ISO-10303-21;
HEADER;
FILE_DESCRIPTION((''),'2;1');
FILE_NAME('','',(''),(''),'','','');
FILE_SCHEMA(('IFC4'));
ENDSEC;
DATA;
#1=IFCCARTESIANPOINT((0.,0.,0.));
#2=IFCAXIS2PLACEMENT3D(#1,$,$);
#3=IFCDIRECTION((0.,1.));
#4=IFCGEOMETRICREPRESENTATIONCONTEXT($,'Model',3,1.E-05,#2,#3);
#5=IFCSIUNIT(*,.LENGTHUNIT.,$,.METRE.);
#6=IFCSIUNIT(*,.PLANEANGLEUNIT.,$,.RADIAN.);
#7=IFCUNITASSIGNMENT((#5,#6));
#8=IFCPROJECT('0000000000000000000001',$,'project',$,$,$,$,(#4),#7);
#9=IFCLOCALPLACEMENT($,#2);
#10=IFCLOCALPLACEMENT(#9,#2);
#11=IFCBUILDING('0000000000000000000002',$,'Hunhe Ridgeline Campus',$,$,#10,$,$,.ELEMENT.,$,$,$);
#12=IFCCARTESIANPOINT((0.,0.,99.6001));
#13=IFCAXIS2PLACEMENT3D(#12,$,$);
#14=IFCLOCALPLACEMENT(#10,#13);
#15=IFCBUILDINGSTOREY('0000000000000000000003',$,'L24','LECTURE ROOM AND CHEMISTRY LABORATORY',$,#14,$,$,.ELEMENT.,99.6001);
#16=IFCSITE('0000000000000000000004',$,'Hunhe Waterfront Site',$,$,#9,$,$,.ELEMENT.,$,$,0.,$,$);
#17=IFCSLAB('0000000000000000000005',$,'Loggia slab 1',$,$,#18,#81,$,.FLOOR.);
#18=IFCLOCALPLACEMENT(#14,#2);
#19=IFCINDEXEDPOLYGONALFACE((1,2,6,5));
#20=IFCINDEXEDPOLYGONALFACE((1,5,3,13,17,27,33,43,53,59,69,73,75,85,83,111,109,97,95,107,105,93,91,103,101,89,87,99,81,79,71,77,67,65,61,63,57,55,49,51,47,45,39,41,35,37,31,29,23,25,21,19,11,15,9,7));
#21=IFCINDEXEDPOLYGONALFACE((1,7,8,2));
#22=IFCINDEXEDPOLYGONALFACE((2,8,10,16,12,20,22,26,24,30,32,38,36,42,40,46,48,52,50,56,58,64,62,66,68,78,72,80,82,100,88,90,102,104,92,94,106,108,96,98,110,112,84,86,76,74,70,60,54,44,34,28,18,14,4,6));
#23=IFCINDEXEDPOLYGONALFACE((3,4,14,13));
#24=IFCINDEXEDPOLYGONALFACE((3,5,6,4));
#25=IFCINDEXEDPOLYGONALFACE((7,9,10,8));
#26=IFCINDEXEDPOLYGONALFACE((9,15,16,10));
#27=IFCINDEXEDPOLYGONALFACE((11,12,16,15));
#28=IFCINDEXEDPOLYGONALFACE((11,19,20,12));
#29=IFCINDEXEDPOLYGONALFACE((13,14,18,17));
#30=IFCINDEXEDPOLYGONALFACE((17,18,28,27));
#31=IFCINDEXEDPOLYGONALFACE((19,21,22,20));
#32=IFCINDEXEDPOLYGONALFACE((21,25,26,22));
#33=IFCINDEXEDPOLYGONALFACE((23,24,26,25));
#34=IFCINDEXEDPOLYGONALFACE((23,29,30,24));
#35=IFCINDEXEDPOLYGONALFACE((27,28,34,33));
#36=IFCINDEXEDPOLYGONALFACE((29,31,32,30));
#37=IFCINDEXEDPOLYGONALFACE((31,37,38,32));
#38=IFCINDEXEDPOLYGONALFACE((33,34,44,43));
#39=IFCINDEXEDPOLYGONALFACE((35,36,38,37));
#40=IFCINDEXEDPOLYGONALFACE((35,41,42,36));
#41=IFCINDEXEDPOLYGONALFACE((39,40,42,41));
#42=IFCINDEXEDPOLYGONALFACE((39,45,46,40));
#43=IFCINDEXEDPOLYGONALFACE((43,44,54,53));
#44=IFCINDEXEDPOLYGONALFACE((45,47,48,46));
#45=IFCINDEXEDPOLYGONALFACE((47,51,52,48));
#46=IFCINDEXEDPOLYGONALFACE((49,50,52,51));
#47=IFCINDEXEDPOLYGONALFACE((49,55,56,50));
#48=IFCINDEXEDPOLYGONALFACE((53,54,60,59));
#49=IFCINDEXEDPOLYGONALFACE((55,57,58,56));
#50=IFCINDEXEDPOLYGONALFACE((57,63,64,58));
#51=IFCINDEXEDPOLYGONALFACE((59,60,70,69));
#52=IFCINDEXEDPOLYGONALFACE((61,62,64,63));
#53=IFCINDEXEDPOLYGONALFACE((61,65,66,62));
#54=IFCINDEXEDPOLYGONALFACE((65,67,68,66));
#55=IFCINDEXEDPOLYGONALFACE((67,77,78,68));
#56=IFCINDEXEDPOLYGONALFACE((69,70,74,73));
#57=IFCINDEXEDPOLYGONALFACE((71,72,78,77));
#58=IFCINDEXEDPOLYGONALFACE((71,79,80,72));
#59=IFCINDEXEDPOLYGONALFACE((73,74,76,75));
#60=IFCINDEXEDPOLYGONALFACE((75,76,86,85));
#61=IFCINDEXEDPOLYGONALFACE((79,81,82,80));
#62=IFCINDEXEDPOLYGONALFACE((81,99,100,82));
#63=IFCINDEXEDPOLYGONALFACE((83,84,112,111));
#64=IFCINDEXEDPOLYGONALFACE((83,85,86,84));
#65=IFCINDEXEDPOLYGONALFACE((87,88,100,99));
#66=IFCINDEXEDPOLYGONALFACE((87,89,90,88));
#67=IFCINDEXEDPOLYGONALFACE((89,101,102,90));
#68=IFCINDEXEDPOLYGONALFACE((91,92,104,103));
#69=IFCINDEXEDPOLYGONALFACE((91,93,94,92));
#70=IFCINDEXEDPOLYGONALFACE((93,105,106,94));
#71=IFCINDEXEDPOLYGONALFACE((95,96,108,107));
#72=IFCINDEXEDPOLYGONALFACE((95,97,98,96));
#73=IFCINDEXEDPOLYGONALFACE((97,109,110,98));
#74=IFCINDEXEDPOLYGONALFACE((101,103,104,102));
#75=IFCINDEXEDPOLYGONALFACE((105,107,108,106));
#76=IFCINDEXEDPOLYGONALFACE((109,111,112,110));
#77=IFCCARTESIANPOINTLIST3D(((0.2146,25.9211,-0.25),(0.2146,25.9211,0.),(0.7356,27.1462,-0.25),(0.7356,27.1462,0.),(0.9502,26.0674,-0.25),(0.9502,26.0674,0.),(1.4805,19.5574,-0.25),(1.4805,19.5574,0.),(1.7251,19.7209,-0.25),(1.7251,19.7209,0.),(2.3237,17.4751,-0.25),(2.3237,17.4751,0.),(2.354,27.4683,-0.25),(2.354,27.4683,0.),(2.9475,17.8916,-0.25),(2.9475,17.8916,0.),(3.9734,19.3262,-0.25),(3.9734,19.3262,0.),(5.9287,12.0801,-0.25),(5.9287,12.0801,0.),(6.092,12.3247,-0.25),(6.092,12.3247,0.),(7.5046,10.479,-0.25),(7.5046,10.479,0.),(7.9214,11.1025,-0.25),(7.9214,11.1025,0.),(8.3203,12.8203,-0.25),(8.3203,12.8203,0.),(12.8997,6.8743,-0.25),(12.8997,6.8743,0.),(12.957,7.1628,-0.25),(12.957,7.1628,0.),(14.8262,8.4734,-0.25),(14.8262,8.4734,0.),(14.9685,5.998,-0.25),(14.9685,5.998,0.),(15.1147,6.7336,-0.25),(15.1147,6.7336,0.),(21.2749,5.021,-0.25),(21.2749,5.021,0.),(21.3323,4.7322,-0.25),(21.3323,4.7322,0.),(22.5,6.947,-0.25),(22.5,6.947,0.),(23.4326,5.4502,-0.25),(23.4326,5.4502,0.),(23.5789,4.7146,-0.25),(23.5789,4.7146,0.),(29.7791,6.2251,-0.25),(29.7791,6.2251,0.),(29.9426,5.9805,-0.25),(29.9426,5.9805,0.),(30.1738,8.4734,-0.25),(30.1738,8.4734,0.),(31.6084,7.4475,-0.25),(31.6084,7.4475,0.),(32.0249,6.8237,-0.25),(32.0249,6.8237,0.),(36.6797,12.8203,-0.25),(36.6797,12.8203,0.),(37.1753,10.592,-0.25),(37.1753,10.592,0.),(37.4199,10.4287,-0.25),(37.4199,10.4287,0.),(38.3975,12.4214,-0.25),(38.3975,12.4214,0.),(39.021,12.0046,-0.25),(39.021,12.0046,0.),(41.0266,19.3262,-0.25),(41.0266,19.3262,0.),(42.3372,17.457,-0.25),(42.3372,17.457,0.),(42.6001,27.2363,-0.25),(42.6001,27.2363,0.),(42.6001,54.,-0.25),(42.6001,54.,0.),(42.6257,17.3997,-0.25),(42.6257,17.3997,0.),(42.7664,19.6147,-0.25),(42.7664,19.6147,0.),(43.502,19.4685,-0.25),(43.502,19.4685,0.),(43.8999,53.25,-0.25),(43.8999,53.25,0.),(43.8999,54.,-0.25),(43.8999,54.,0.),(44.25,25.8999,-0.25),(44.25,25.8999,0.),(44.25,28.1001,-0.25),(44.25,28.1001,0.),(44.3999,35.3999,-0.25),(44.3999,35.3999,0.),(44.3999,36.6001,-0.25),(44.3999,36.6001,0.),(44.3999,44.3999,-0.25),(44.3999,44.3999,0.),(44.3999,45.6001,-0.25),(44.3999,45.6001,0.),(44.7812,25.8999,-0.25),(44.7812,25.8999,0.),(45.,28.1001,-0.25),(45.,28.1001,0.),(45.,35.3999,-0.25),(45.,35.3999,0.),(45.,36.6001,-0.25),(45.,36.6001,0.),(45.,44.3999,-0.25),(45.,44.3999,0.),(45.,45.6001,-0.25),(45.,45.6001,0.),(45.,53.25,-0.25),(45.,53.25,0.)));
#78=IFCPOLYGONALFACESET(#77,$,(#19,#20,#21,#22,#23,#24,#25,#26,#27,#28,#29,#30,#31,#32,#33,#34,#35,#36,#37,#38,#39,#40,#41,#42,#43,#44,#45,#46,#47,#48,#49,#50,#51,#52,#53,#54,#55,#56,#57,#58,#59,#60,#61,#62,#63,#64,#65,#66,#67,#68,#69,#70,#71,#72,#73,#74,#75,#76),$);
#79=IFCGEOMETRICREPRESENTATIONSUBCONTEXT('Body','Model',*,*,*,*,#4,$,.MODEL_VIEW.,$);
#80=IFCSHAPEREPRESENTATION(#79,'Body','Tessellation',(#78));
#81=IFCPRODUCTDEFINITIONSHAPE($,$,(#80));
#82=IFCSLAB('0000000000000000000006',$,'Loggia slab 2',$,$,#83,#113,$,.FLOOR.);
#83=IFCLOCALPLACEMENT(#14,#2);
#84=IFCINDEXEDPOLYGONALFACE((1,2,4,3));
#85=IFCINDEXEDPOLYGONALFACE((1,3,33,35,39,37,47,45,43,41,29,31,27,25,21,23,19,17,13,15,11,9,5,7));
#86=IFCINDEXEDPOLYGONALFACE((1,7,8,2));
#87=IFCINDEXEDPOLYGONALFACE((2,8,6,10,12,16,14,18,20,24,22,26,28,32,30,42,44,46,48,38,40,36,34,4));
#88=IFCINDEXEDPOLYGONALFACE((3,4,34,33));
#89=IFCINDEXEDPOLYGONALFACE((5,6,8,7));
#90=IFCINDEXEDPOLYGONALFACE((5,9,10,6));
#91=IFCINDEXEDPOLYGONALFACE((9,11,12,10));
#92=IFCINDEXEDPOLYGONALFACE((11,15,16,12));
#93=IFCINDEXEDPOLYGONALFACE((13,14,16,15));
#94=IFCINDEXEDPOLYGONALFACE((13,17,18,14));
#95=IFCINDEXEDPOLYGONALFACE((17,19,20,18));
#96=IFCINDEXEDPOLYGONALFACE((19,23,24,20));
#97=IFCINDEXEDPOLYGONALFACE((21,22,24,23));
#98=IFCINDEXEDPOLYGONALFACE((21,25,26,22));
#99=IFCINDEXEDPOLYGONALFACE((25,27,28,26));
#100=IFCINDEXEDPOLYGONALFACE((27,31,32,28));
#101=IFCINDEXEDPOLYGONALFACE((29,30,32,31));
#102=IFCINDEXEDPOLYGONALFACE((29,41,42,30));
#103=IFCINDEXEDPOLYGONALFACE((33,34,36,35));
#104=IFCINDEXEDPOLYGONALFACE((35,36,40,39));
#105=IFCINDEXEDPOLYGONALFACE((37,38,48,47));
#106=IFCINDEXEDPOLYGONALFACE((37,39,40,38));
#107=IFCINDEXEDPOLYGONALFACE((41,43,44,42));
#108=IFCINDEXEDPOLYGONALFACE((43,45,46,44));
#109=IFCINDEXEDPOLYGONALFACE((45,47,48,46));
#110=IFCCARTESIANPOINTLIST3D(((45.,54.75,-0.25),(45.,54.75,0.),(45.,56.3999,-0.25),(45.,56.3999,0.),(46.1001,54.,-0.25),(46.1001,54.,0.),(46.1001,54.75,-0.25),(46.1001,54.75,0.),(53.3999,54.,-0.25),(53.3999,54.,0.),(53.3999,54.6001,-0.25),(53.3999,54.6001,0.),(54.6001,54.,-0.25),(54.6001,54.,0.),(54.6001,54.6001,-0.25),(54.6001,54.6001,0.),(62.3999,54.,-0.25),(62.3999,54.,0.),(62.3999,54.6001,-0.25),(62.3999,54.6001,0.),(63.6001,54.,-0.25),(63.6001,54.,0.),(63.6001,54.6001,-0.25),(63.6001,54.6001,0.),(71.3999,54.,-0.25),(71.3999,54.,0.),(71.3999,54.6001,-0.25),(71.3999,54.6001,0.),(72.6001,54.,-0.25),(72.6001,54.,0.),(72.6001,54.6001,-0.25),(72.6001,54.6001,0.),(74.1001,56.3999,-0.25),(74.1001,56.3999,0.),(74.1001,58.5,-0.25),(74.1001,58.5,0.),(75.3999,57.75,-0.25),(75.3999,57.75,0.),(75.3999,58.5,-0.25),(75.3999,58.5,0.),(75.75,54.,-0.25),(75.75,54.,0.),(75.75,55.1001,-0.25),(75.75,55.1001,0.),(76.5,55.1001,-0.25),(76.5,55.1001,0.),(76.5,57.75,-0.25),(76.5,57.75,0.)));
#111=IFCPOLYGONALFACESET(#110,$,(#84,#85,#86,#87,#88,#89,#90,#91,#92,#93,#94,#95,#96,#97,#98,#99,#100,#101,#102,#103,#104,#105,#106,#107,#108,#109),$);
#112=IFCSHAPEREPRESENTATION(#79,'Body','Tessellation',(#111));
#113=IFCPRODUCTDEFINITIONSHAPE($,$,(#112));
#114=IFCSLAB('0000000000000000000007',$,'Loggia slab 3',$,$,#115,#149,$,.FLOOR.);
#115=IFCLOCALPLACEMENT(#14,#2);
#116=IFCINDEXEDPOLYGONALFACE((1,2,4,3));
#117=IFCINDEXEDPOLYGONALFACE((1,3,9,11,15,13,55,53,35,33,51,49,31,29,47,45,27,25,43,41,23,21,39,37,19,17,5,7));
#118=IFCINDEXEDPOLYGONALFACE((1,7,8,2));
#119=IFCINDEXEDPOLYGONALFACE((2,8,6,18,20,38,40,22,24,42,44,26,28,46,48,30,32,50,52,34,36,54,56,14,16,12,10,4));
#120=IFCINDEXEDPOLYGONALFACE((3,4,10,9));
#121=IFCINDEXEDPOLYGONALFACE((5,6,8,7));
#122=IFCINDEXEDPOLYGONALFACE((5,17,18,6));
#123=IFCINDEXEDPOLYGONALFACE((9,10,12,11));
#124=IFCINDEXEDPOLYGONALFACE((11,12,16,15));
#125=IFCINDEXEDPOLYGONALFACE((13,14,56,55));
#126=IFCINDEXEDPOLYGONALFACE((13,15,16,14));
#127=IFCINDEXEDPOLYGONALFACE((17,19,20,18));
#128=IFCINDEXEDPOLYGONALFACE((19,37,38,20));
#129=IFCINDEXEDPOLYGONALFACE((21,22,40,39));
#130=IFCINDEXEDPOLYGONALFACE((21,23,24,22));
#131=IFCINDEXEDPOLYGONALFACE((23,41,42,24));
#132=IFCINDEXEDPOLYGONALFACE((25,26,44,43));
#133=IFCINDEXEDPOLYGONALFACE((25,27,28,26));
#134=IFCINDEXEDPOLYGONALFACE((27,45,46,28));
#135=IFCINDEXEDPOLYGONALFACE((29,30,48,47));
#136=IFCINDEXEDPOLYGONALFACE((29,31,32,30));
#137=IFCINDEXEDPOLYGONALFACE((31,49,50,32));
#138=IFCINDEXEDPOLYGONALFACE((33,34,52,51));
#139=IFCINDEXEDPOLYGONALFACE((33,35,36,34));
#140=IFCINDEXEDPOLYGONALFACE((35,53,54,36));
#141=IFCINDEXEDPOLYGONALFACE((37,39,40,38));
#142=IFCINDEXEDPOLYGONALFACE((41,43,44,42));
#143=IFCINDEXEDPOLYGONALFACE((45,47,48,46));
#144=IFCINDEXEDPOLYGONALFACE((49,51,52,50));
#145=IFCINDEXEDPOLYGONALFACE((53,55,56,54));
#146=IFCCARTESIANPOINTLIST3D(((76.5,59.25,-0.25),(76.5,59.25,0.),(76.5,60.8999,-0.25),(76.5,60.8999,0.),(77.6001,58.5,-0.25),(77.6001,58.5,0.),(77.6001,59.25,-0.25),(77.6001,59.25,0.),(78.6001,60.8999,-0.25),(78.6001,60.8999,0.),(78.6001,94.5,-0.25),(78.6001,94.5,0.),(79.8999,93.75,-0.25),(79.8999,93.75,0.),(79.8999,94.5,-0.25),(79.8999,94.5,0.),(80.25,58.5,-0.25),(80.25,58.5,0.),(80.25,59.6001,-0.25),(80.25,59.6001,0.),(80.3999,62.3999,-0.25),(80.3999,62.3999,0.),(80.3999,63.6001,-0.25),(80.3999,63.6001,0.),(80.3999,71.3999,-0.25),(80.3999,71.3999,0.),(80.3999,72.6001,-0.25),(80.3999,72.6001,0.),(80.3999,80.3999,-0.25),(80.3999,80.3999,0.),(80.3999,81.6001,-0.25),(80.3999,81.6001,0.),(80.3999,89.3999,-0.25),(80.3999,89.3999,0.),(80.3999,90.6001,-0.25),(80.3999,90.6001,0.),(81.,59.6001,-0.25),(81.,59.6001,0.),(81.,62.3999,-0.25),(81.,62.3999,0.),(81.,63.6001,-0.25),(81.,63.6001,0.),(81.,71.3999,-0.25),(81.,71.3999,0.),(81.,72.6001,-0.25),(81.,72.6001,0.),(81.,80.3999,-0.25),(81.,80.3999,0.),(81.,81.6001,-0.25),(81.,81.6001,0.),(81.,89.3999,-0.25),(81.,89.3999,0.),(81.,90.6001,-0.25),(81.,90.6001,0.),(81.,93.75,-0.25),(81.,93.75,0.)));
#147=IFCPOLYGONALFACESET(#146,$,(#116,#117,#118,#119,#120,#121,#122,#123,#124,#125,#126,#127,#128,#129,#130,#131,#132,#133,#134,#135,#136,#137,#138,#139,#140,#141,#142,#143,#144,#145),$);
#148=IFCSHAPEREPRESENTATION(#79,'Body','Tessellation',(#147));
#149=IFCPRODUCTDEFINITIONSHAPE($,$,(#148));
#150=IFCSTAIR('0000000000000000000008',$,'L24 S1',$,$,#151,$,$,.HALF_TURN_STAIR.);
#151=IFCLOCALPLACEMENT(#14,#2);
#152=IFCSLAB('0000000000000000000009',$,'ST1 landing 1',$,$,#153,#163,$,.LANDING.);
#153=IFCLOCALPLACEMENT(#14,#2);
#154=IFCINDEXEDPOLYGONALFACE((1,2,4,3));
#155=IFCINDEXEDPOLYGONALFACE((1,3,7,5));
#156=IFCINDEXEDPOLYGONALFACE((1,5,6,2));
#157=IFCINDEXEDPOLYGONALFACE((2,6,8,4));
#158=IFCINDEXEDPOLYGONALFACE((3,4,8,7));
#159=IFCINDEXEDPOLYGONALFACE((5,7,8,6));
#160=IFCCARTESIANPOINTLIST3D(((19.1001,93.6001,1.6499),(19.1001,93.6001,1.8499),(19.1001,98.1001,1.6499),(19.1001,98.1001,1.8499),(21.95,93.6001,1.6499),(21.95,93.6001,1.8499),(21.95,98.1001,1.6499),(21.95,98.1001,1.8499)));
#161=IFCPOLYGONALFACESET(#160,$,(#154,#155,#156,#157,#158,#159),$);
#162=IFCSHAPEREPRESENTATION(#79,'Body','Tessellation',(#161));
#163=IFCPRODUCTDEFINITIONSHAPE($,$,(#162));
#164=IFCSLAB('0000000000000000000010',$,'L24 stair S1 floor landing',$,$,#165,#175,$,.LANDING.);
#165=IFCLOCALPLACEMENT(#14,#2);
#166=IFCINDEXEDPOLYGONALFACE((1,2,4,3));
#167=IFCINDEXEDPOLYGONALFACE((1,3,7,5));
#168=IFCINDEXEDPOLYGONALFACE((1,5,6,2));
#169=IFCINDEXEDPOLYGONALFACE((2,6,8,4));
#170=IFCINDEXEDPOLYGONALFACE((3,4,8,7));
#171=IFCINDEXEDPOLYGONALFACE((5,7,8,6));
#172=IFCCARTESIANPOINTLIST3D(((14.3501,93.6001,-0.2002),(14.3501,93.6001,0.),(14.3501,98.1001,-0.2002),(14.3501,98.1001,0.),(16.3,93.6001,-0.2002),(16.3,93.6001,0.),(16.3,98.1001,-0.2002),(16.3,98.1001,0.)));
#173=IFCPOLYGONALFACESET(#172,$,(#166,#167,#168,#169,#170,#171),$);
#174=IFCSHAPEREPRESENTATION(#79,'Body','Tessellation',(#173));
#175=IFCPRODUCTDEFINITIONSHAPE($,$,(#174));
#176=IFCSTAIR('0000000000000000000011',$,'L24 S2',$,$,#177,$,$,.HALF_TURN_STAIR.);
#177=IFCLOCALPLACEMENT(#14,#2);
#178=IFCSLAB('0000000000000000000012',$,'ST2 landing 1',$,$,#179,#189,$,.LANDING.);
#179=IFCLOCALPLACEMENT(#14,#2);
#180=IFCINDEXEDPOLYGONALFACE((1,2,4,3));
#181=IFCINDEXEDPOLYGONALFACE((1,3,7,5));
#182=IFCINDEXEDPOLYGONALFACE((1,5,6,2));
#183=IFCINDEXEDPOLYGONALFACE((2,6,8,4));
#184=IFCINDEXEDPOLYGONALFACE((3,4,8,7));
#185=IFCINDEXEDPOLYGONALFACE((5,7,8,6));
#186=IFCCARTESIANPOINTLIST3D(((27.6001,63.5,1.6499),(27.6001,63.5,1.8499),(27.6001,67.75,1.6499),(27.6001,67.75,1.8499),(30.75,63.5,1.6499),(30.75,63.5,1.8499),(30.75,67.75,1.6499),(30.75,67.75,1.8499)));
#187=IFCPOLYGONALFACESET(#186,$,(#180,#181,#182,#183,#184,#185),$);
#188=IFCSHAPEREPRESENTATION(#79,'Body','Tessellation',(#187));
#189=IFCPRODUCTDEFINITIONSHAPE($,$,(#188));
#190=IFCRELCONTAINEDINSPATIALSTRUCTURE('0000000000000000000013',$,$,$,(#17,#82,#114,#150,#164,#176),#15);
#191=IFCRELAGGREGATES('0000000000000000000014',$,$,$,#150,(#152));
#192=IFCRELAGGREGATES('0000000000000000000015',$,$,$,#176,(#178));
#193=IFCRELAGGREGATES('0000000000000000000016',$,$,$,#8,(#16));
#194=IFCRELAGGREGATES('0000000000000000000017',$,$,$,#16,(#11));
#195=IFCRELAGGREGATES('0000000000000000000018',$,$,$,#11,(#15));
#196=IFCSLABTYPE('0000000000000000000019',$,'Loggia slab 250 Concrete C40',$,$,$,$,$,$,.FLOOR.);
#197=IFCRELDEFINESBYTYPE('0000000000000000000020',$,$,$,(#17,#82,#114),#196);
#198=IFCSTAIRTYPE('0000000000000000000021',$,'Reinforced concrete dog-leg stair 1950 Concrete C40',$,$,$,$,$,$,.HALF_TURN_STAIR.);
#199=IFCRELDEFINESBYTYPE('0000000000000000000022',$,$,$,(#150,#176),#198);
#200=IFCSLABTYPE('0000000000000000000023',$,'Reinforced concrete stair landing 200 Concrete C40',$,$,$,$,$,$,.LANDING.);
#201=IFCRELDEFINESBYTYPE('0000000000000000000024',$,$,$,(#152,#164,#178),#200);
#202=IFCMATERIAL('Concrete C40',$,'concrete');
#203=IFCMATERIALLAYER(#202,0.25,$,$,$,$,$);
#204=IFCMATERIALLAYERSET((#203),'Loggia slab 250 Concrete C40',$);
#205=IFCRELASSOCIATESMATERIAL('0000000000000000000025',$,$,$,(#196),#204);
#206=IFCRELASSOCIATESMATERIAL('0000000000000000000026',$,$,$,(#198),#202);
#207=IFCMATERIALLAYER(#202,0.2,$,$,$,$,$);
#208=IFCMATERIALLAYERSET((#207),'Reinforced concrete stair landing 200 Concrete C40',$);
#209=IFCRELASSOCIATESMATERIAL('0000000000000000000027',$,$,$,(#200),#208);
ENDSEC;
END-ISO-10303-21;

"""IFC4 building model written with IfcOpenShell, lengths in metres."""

from ifc_helpers import new_model, si_unit, direction, frame, origin, place, context, subcontext, project, spatial, polyline, outline, extrude, material, layer, layer_set, type_object, element, aggregate, save


model = new_model("IFC4")

# Units and contexts
model_context = context("Model", 3, precision=1e-05, world=origin(), true_north=direction((0.0, 1.0)))
body_context = subcontext(model_context, "Body", "Model", "MODEL_VIEW")
ifc_project = project(units=[si_unit("LENGTHUNIT", "METRE"), si_unit("PLANEANGLEUNIT", "RADIAN")], contexts=[model_context])

# Site, building, storey
site_placement = place(None, origin())
site = spatial("IfcSite", under=ifc_project, at=site_placement, Name="Hunhe Waterfront Site", CompositionType="ELEMENT", RefElevation=0.0)
building_placement = place(site_placement, origin())
building = spatial("IfcBuilding", under=site, at=building_placement, Name="Hunhe Ridgeline Campus", CompositionType="ELEMENT")
storey_placement = place(building_placement, frame((0.0, 0.0, 99.6001)))
storey = spatial("IfcBuildingStorey", under=building, at=storey_placement, Name="L24", Description="LECTURE ROOM AND CHEMISTRY LABORATORY", CompositionType="ELEMENT", Elevation=99.6001)

# Slabs
ifc_material_1 = material(Name="Concrete C40", Category="concrete")
ifc_layer_1 = layer(ifc_material_1, 0.25)
ifc_layer_set_1 = layer_set([ifc_layer_1], Name="Loggia slab 250 Concrete C40")
slab_type_1 = type_object("IfcSlabType", Name="Loggia slab 250 Concrete C40", PredefinedType="FLOOR", material=ifc_layer_set_1)
slab_1_placement = place(storey_placement, frame((0.0, 0.0, -0.25)))
element("IfcSlab", 1, at=slab_1_placement, inside=storey, type_object=slab_type_1, Name="Loggia slab 1", PredefinedType="FLOOR", context=body_context, shape_type="SweptSolid", body=[
    extrude(outline(polyline([(30.1738, 8.4734), (22.5, 6.947), (14.8262, 8.4734), (8.3203, 12.8203), (3.9734, 19.3262), (2.354, 27.4683), (0.7356, 27.1462), (0.9502, 26.0674), (0.2146, 25.9211), (1.4805, 19.5574), (1.7251, 19.7209), (2.9475, 17.8916), (2.3237, 17.4751), (5.9287, 12.0801), (6.092, 12.3247), (7.9214, 11.1025), (7.5046, 10.479), (12.8997, 6.8743), (12.957, 7.1628), (15.1147, 6.7336), (14.9685, 5.998), (21.3323, 4.7322), (21.2749, 5.021), (23.4326, 5.4502), (23.5789, 4.7146), (29.9426, 5.9805), (29.7791, 6.2251), (31.6084, 7.4475), (32.0249, 6.8237), (37.4199, 10.4287), (37.1753, 10.592), (38.3975, 12.4214), (39.021, 12.0046), (42.6257, 17.3997), (42.3372, 17.457), (42.7664, 19.6147), (43.502, 19.4685), (44.7812, 25.8999), (44.25, 25.8999), (44.25, 28.1001), (45.0, 28.1001), (45.0, 35.3999), (44.3999, 35.3999), (44.3999, 36.6001), (45.0, 36.6001), (45.0, 44.3999), (44.3999, 44.3999), (44.3999, 45.6001), (45.0, 45.6001), (45.0, 53.25), (43.8999, 53.25), (43.8999, 54.0), (42.6001, 54.0), (42.6001, 27.2363), (41.0266, 19.3262), (36.6797, 12.8203), (30.1738, 8.4734)])), origin(), (0.0, 0.0, 1.0), 0.25),
])
slab_2_placement = place(storey_placement, frame((0.0, 0.0, -0.25)))
element("IfcSlab", 2, at=slab_2_placement, inside=storey, type_object=slab_type_1, Name="Loggia slab 2", PredefinedType="FLOOR", context=body_context, shape_type="SweptSolid", body=[
    extrude(outline(polyline([(45.0, 54.75), (46.1001, 54.75), (46.1001, 54.0), (53.3999, 54.0), (53.3999, 54.6001), (54.6001, 54.6001), (54.6001, 54.0), (62.3999, 54.0), (62.3999, 54.6001), (63.6001, 54.6001), (63.6001, 54.0), (71.3999, 54.0), (71.3999, 54.6001), (72.6001, 54.6001), (72.6001, 54.0), (75.75, 54.0), (75.75, 55.1001), (76.5, 55.1001), (76.5, 57.75), (75.3999, 57.75), (75.3999, 58.5), (74.1001, 58.5), (74.1001, 56.3999), (45.0, 56.3999), (45.0, 54.75)])), origin(), (0.0, 0.0, 1.0), 0.25),
])
slab_3_placement = place(storey_placement, frame((0.0, 0.0, -0.25)))
element("IfcSlab", 3, at=slab_3_placement, inside=storey, type_object=slab_type_1, Name="Loggia slab 3", PredefinedType="FLOOR", context=body_context, shape_type="SweptSolid", body=[
    extrude(outline(polyline([(76.5, 59.25), (77.6001, 59.25), (77.6001, 58.5), (80.25, 58.5), (80.25, 59.6001), (81.0, 59.6001), (81.0, 62.3999), (80.3999, 62.3999), (80.3999, 63.6001), (81.0, 63.6001), (81.0, 71.3999), (80.3999, 71.3999), (80.3999, 72.6001), (81.0, 72.6001), (81.0, 80.3999), (80.3999, 80.3999), (80.3999, 81.6001), (81.0, 81.6001), (81.0, 89.3999), (80.3999, 89.3999), (80.3999, 90.6001), (81.0, 90.6001), (81.0, 93.75), (79.8999, 93.75), (79.8999, 94.5), (78.6001, 94.5), (78.6001, 60.8999), (76.5, 60.8999), (76.5, 59.25)])), origin(), (0.0, 0.0, 1.0), 0.25),
])

# Stair, slab
stair_type = type_object("IfcStairType", Name="Reinforced concrete dog-leg stair 1950 Concrete C40", PredefinedType="HALF_TURN_STAIR", material=ifc_material_1)
stair_1_placement = place(storey_placement, origin())
stair_1 = element("IfcStair", 4, at=stair_1_placement, inside=storey, type_object=stair_type, Name="L24 S1", PredefinedType="HALF_TURN_STAIR")
ifc_layer_2 = layer(ifc_material_1, 0.2)
ifc_layer_set_2 = layer_set([ifc_layer_2], Name="Reinforced concrete stair landing 200 Concrete C40")
slab_type_2 = type_object("IfcSlabType", Name="Reinforced concrete stair landing 200 Concrete C40", PredefinedType="LANDING", material=ifc_layer_set_2)
slab_4_placement = place(storey_placement, frame((0.0, 0.0, 1.6499)))
slab_4 = element("IfcSlab", 5, at=slab_4_placement, type_object=slab_type_2, Name="ST1 landing 1", PredefinedType="LANDING", context=body_context, shape_type="SweptSolid", body=[
    extrude(outline(polyline([(19.1001, 93.6001), (21.95, 93.6001), (21.95, 98.1001), (19.1001, 98.1001), (19.1001, 93.6001)])), origin(), (0.0, 0.0, 1.0), 0.2),
])
aggregate(stair_1, [slab_4])

# Slab
slab_5_placement = place(storey_placement, frame((0.0, 0.0, -0.2002)))
element("IfcSlab", 6, at=slab_5_placement, inside=storey, type_object=slab_type_2, Name="L24 stair S1 floor landing", PredefinedType="LANDING", context=body_context, shape_type="SweptSolid", body=[
    extrude(outline(polyline([(14.3501, 93.6001), (16.3, 93.6001), (16.3, 98.1001), (14.3501, 98.1001), (14.3501, 93.6001)])), origin(), (0.0, 0.0, 1.0), 0.2002),
])

# Stair, slab
stair_2_placement = place(storey_placement, origin())
stair_2 = element("IfcStair", 7, at=stair_2_placement, inside=storey, type_object=stair_type, Name="L24 S2", PredefinedType="HALF_TURN_STAIR")
slab_6_placement = place(storey_placement, frame((0.0, 0.0, 1.6499)))
slab_6 = element("IfcSlab", 8, at=slab_6_placement, type_object=slab_type_2, Name="ST2 landing 1", PredefinedType="LANDING", context=body_context, shape_type="SweptSolid", body=[
    extrude(outline(polyline([(30.75, 67.75), (27.6001, 67.75), (27.6001, 63.5), (30.75, 63.5), (30.75, 67.75)])), origin(), (0.0, 0.0, 1.0), 0.2),
])
aggregate(stair_2, [slab_6])

save(model, "model.ifc")
